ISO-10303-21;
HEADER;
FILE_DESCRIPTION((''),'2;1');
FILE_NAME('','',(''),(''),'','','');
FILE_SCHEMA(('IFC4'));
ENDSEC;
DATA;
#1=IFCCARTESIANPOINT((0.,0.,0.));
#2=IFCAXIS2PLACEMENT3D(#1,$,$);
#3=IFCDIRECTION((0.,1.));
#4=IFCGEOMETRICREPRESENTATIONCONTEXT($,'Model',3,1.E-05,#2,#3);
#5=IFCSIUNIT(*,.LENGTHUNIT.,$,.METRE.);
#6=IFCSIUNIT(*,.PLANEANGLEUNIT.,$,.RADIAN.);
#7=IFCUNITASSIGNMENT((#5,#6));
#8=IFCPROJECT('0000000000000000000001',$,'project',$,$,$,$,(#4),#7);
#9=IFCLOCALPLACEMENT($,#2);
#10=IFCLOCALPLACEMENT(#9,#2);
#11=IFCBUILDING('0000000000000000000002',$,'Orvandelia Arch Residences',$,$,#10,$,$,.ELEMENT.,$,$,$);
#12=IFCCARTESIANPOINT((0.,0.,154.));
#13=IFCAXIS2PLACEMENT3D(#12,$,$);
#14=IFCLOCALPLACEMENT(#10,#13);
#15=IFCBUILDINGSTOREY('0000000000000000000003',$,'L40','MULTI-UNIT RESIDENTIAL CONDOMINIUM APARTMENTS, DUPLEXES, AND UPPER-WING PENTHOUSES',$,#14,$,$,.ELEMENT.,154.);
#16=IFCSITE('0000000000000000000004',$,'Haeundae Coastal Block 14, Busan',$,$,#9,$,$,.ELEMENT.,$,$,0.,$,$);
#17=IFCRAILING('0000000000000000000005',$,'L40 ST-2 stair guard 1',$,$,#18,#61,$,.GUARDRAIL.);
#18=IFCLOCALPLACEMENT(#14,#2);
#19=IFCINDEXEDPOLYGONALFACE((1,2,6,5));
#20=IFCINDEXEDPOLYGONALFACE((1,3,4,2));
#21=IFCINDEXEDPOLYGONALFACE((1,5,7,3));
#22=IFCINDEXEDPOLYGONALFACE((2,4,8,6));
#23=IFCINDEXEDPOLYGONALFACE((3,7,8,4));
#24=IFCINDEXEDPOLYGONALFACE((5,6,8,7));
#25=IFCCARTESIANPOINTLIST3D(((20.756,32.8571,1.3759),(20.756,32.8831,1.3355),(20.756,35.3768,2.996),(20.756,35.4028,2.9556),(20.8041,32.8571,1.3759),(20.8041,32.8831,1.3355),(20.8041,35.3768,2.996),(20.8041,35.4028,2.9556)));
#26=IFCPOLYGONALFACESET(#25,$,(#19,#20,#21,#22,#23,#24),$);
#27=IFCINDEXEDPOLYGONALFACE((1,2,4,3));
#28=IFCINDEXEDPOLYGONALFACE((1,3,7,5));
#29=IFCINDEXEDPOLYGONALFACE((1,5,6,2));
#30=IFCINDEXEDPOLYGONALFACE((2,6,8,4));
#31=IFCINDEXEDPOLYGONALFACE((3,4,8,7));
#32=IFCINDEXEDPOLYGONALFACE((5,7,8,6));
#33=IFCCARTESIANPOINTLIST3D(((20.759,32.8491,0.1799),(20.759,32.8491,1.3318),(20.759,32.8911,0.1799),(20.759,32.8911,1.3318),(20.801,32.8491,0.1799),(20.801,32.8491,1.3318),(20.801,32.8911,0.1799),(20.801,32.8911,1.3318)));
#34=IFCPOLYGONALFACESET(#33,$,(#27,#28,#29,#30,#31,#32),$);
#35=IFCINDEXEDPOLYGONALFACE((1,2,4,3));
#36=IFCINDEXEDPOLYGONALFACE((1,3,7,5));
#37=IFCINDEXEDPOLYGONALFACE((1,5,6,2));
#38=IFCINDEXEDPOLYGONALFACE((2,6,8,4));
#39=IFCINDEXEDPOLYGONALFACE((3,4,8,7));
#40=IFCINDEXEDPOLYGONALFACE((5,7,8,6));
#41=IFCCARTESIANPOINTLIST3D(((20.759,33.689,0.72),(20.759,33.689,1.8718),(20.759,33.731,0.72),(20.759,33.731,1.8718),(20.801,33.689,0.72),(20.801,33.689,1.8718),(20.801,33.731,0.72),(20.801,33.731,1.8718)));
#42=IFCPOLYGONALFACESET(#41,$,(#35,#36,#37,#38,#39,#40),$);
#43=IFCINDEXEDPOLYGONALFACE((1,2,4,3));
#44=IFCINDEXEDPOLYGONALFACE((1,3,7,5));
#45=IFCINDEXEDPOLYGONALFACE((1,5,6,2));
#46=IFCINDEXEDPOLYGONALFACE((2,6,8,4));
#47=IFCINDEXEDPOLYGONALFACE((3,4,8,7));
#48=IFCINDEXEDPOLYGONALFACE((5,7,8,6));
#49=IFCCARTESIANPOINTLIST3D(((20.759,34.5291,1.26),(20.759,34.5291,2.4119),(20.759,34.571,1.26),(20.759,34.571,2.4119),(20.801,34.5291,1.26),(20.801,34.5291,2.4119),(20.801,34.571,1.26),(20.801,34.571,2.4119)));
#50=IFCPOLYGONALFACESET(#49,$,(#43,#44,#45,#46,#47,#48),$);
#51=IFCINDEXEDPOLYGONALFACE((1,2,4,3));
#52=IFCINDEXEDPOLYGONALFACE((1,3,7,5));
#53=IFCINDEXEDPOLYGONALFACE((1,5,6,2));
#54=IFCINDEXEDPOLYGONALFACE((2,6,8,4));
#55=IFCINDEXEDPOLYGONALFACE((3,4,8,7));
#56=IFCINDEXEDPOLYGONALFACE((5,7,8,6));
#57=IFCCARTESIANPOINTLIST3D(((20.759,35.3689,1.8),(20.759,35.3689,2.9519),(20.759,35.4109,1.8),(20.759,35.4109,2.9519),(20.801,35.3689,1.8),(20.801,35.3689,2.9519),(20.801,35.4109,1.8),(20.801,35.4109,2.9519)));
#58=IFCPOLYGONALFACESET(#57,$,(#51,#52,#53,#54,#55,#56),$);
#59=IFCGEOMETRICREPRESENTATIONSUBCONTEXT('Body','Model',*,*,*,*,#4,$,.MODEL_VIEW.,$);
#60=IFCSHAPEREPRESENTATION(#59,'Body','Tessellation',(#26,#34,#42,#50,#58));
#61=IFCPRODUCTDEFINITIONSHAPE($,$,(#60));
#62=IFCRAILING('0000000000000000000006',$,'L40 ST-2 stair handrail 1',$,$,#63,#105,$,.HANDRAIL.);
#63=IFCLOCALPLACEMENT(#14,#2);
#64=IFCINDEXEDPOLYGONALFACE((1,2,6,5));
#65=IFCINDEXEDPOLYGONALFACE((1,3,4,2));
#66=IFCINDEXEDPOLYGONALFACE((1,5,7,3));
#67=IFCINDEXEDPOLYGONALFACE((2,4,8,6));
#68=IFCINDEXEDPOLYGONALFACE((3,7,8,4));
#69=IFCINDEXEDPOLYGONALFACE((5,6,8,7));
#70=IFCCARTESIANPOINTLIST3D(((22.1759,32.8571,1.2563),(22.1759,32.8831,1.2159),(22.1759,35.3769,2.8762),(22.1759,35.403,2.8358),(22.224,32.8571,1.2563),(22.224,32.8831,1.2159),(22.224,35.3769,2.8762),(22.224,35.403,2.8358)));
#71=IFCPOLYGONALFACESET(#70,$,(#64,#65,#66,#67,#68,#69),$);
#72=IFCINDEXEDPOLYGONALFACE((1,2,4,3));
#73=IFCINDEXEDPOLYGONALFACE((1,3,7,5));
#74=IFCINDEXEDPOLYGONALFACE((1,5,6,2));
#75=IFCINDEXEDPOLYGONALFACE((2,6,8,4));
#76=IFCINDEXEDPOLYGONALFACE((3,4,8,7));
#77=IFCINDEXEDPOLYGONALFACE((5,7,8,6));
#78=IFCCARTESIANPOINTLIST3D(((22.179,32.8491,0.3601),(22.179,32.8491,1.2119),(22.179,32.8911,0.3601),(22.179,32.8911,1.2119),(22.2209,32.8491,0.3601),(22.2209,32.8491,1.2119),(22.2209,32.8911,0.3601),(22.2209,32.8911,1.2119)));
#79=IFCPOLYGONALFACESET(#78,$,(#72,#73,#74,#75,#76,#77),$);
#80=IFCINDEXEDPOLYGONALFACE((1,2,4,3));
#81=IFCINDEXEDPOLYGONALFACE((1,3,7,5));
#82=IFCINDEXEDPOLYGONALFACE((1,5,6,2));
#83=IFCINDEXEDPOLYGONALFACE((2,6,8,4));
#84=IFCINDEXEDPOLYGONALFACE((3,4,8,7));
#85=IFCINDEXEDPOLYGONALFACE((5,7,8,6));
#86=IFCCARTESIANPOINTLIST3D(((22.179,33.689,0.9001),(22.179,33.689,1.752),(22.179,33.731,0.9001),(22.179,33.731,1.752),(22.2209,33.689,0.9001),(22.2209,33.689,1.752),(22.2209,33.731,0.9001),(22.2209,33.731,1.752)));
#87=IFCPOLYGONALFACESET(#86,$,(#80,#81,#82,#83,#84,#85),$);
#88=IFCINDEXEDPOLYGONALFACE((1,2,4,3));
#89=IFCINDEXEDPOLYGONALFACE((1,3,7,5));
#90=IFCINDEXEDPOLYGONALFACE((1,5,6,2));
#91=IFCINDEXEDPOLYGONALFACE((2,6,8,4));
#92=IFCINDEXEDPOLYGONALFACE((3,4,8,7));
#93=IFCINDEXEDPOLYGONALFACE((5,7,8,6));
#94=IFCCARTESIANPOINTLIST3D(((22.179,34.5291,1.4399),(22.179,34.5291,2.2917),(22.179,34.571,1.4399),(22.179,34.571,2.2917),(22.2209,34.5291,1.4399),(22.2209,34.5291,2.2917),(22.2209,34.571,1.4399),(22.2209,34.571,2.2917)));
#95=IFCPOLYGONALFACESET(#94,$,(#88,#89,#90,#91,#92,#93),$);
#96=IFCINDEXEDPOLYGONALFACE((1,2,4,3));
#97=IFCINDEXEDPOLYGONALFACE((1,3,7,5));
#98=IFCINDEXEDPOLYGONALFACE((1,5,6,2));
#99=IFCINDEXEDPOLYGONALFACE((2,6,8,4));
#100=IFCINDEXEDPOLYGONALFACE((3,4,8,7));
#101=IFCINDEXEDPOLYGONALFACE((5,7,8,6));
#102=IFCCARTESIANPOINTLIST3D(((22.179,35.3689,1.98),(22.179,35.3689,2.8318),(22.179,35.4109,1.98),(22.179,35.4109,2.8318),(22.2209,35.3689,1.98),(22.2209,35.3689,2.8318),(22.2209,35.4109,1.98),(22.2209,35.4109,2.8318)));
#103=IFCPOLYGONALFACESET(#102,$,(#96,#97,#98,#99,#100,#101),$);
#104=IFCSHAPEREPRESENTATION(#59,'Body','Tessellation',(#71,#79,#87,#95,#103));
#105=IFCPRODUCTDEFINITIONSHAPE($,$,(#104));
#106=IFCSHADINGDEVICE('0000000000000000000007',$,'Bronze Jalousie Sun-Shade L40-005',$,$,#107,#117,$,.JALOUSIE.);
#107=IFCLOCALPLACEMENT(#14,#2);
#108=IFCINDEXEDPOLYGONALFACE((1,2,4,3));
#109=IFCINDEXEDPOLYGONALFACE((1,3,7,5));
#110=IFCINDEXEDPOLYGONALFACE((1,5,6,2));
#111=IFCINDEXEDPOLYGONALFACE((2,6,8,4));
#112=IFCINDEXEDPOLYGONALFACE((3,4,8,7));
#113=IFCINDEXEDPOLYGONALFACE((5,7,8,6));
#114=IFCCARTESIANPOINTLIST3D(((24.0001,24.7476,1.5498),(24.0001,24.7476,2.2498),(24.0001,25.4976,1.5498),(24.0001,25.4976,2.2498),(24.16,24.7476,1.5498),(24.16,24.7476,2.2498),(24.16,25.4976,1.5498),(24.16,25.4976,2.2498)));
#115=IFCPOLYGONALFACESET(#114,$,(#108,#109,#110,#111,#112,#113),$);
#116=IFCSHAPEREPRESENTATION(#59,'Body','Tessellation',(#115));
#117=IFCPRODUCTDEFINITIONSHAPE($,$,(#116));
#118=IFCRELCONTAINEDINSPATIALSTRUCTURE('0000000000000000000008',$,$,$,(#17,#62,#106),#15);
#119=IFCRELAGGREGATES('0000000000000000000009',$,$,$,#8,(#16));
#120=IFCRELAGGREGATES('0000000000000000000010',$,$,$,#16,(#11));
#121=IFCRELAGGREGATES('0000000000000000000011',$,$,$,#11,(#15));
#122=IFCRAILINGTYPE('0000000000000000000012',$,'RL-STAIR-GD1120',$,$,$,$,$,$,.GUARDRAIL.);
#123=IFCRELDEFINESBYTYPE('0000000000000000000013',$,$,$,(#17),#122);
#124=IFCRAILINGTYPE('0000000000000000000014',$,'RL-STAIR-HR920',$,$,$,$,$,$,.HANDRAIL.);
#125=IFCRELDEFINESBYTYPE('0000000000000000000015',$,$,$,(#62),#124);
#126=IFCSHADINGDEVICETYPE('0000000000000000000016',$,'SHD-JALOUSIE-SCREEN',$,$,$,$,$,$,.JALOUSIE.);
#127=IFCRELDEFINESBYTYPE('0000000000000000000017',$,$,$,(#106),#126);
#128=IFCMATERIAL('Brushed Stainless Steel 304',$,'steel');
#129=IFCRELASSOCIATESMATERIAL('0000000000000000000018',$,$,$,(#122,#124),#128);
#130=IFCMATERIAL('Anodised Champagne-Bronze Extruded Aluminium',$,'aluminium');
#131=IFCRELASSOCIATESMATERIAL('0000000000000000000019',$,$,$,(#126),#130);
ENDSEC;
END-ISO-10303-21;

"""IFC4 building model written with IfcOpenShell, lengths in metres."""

from ifc_helpers import new_model, si_unit, direction, frame, origin, origin_2d, place, context, subcontext, project, spatial, rectangle, extrude, material, type_object, element, save


model = new_model("IFC4")

# Units and contexts
model_context = context("Model", 3, precision=1e-05, world=origin(), true_north=direction((0.0, 1.0)))
body_context = subcontext(model_context, "Body", "Model", "MODEL_VIEW")
ifc_project = project(units=[si_unit("LENGTHUNIT", "METRE"), si_unit("PLANEANGLEUNIT", "RADIAN")], contexts=[model_context])

# Site, building, storey
site_placement = place(None, origin())
site = spatial("IfcSite", under=ifc_project, at=site_placement, Name="Haeundae Coastal Block 14, Busan", CompositionType="ELEMENT", RefElevation=0.0)
building_placement = place(site_placement, origin())
building = spatial("IfcBuilding", under=site, at=building_placement, Name="Orvandelia Arch Residences", CompositionType="ELEMENT")
storey_placement = place(building_placement, frame((0.0, 0.0, 154.0)))
storey = spatial("IfcBuildingStorey", under=building, at=storey_placement, Name="L40", Description="MULTI-UNIT RESIDENTIAL CONDOMINIUM APARTMENTS, DUPLEXES, AND UPPER-WING PENTHOUSES", CompositionType="ELEMENT", Elevation=154.0)

# Railings
ifc_material_1 = material(Name="Brushed Stainless Steel 304", Category="steel")
railing_type_1 = type_object("IfcRailingType", Name="RL-STAIR-GD1120", PredefinedType="GUARDRAIL", material=ifc_material_1)
railing_1_placement = place(storey_placement, frame((20.78, 32.8701, 0.1799)))
element("IfcRailing", 1, at=railing_1_placement, inside=storey, type_object=railing_type_1, Name="L40 ST-2 stair guard 1", PredefinedType="GUARDRAIL", context=body_context, shape_type="SweptSolid", body=[
    extrude(rectangle(XDim=0.0481, YDim=0.0481, at=origin_2d()), frame((0.0, 0.0, 1.1758), z_axis=(0.0, 0.841139, 0.540819), x_axis=(-1.0, 0.0, 0.0)), (0.0, 0.0, 1.0), 2.9956),
    extrude(rectangle(XDim=0.042, YDim=0.042, at=origin_2d()), origin(), (0.0, 0.0, 1.0), 1.1519),
    extrude(rectangle(XDim=0.042, YDim=0.042, at=origin_2d()), frame((0.0, 0.8398, 0.54)), (0.0, 0.0, 1.0), 1.1519),
    extrude(rectangle(XDim=0.042, YDim=0.042, at=origin_2d()), frame((0.0, 1.6799, 1.0801)), (0.0, 0.0, 1.0), 1.1519),
    extrude(rectangle(XDim=0.042, YDim=0.042, at=origin_2d()), frame((0.0, 2.5198, 1.6201)), (0.0, 0.0, 1.0), 1.1519),
])
railing_type_2 = type_object("IfcRailingType", Name="RL-STAIR-HR920", PredefinedType="HANDRAIL", material=ifc_material_1)
railing_2_placement = place(storey_placement, frame((22.2, 32.8701, 0.3601)))
element("IfcRailing", 2, at=railing_2_placement, inside=storey, type_object=railing_type_2, Name="L40 ST-2 stair handrail 1", PredefinedType="HANDRAIL", context=body_context, shape_type="SweptSolid", body=[
    extrude(rectangle(XDim=0.0481, YDim=0.0481, at=origin_2d()), frame((0.0, 0.0, 0.876), z_axis=(0.0, 0.841176, 0.540762), x_axis=(-1.0, 0.0, 0.0)), (0.0, 0.0, 1.0), 2.9956),
    extrude(rectangle(XDim=0.042, YDim=0.042, at=origin_2d()), origin(), (0.0, 0.0, 1.0), 0.8518),
    extrude(rectangle(XDim=0.042, YDim=0.042, at=origin_2d()), frame((0.0, 0.8398, 0.54)), (0.0, 0.0, 1.0), 0.8518),
    extrude(rectangle(XDim=0.042, YDim=0.042, at=origin_2d()), frame((0.0, 1.6799, 1.0798)), (0.0, 0.0, 1.0), 0.8518),
    extrude(rectangle(XDim=0.042, YDim=0.042, at=origin_2d()), frame((0.0, 2.5198, 1.6199)), (0.0, 0.0, 1.0), 0.8518),
])

# Shading device
ifc_material_2 = material(Name="Anodised Champagne-Bronze Extruded Aluminium", Category="aluminium")
shading_device_type = type_object("IfcShadingDeviceType", Name="SHD-JALOUSIE-SCREEN", PredefinedType="JALOUSIE", material=ifc_material_2)
shading_device_placement = place(storey_placement, frame((24.0801, 25.1226, 1.5498), z_axis=(0.0, 0.0, 1.0), x_axis=(0.0, -1.0, 0.0)))
element("IfcShadingDevice", 3, at=shading_device_placement, inside=storey, type_object=shading_device_type, Name="Bronze Jalousie Sun-Shade L40-005", PredefinedType="JALOUSIE", context=body_context, shape_type="SweptSolid", body=[
    extrude(rectangle(XDim=0.75, YDim=0.1599, at=origin_2d()), origin(), (0.0, 0.0, 1.0), 0.7),
])

save(model, "model.ifc")
